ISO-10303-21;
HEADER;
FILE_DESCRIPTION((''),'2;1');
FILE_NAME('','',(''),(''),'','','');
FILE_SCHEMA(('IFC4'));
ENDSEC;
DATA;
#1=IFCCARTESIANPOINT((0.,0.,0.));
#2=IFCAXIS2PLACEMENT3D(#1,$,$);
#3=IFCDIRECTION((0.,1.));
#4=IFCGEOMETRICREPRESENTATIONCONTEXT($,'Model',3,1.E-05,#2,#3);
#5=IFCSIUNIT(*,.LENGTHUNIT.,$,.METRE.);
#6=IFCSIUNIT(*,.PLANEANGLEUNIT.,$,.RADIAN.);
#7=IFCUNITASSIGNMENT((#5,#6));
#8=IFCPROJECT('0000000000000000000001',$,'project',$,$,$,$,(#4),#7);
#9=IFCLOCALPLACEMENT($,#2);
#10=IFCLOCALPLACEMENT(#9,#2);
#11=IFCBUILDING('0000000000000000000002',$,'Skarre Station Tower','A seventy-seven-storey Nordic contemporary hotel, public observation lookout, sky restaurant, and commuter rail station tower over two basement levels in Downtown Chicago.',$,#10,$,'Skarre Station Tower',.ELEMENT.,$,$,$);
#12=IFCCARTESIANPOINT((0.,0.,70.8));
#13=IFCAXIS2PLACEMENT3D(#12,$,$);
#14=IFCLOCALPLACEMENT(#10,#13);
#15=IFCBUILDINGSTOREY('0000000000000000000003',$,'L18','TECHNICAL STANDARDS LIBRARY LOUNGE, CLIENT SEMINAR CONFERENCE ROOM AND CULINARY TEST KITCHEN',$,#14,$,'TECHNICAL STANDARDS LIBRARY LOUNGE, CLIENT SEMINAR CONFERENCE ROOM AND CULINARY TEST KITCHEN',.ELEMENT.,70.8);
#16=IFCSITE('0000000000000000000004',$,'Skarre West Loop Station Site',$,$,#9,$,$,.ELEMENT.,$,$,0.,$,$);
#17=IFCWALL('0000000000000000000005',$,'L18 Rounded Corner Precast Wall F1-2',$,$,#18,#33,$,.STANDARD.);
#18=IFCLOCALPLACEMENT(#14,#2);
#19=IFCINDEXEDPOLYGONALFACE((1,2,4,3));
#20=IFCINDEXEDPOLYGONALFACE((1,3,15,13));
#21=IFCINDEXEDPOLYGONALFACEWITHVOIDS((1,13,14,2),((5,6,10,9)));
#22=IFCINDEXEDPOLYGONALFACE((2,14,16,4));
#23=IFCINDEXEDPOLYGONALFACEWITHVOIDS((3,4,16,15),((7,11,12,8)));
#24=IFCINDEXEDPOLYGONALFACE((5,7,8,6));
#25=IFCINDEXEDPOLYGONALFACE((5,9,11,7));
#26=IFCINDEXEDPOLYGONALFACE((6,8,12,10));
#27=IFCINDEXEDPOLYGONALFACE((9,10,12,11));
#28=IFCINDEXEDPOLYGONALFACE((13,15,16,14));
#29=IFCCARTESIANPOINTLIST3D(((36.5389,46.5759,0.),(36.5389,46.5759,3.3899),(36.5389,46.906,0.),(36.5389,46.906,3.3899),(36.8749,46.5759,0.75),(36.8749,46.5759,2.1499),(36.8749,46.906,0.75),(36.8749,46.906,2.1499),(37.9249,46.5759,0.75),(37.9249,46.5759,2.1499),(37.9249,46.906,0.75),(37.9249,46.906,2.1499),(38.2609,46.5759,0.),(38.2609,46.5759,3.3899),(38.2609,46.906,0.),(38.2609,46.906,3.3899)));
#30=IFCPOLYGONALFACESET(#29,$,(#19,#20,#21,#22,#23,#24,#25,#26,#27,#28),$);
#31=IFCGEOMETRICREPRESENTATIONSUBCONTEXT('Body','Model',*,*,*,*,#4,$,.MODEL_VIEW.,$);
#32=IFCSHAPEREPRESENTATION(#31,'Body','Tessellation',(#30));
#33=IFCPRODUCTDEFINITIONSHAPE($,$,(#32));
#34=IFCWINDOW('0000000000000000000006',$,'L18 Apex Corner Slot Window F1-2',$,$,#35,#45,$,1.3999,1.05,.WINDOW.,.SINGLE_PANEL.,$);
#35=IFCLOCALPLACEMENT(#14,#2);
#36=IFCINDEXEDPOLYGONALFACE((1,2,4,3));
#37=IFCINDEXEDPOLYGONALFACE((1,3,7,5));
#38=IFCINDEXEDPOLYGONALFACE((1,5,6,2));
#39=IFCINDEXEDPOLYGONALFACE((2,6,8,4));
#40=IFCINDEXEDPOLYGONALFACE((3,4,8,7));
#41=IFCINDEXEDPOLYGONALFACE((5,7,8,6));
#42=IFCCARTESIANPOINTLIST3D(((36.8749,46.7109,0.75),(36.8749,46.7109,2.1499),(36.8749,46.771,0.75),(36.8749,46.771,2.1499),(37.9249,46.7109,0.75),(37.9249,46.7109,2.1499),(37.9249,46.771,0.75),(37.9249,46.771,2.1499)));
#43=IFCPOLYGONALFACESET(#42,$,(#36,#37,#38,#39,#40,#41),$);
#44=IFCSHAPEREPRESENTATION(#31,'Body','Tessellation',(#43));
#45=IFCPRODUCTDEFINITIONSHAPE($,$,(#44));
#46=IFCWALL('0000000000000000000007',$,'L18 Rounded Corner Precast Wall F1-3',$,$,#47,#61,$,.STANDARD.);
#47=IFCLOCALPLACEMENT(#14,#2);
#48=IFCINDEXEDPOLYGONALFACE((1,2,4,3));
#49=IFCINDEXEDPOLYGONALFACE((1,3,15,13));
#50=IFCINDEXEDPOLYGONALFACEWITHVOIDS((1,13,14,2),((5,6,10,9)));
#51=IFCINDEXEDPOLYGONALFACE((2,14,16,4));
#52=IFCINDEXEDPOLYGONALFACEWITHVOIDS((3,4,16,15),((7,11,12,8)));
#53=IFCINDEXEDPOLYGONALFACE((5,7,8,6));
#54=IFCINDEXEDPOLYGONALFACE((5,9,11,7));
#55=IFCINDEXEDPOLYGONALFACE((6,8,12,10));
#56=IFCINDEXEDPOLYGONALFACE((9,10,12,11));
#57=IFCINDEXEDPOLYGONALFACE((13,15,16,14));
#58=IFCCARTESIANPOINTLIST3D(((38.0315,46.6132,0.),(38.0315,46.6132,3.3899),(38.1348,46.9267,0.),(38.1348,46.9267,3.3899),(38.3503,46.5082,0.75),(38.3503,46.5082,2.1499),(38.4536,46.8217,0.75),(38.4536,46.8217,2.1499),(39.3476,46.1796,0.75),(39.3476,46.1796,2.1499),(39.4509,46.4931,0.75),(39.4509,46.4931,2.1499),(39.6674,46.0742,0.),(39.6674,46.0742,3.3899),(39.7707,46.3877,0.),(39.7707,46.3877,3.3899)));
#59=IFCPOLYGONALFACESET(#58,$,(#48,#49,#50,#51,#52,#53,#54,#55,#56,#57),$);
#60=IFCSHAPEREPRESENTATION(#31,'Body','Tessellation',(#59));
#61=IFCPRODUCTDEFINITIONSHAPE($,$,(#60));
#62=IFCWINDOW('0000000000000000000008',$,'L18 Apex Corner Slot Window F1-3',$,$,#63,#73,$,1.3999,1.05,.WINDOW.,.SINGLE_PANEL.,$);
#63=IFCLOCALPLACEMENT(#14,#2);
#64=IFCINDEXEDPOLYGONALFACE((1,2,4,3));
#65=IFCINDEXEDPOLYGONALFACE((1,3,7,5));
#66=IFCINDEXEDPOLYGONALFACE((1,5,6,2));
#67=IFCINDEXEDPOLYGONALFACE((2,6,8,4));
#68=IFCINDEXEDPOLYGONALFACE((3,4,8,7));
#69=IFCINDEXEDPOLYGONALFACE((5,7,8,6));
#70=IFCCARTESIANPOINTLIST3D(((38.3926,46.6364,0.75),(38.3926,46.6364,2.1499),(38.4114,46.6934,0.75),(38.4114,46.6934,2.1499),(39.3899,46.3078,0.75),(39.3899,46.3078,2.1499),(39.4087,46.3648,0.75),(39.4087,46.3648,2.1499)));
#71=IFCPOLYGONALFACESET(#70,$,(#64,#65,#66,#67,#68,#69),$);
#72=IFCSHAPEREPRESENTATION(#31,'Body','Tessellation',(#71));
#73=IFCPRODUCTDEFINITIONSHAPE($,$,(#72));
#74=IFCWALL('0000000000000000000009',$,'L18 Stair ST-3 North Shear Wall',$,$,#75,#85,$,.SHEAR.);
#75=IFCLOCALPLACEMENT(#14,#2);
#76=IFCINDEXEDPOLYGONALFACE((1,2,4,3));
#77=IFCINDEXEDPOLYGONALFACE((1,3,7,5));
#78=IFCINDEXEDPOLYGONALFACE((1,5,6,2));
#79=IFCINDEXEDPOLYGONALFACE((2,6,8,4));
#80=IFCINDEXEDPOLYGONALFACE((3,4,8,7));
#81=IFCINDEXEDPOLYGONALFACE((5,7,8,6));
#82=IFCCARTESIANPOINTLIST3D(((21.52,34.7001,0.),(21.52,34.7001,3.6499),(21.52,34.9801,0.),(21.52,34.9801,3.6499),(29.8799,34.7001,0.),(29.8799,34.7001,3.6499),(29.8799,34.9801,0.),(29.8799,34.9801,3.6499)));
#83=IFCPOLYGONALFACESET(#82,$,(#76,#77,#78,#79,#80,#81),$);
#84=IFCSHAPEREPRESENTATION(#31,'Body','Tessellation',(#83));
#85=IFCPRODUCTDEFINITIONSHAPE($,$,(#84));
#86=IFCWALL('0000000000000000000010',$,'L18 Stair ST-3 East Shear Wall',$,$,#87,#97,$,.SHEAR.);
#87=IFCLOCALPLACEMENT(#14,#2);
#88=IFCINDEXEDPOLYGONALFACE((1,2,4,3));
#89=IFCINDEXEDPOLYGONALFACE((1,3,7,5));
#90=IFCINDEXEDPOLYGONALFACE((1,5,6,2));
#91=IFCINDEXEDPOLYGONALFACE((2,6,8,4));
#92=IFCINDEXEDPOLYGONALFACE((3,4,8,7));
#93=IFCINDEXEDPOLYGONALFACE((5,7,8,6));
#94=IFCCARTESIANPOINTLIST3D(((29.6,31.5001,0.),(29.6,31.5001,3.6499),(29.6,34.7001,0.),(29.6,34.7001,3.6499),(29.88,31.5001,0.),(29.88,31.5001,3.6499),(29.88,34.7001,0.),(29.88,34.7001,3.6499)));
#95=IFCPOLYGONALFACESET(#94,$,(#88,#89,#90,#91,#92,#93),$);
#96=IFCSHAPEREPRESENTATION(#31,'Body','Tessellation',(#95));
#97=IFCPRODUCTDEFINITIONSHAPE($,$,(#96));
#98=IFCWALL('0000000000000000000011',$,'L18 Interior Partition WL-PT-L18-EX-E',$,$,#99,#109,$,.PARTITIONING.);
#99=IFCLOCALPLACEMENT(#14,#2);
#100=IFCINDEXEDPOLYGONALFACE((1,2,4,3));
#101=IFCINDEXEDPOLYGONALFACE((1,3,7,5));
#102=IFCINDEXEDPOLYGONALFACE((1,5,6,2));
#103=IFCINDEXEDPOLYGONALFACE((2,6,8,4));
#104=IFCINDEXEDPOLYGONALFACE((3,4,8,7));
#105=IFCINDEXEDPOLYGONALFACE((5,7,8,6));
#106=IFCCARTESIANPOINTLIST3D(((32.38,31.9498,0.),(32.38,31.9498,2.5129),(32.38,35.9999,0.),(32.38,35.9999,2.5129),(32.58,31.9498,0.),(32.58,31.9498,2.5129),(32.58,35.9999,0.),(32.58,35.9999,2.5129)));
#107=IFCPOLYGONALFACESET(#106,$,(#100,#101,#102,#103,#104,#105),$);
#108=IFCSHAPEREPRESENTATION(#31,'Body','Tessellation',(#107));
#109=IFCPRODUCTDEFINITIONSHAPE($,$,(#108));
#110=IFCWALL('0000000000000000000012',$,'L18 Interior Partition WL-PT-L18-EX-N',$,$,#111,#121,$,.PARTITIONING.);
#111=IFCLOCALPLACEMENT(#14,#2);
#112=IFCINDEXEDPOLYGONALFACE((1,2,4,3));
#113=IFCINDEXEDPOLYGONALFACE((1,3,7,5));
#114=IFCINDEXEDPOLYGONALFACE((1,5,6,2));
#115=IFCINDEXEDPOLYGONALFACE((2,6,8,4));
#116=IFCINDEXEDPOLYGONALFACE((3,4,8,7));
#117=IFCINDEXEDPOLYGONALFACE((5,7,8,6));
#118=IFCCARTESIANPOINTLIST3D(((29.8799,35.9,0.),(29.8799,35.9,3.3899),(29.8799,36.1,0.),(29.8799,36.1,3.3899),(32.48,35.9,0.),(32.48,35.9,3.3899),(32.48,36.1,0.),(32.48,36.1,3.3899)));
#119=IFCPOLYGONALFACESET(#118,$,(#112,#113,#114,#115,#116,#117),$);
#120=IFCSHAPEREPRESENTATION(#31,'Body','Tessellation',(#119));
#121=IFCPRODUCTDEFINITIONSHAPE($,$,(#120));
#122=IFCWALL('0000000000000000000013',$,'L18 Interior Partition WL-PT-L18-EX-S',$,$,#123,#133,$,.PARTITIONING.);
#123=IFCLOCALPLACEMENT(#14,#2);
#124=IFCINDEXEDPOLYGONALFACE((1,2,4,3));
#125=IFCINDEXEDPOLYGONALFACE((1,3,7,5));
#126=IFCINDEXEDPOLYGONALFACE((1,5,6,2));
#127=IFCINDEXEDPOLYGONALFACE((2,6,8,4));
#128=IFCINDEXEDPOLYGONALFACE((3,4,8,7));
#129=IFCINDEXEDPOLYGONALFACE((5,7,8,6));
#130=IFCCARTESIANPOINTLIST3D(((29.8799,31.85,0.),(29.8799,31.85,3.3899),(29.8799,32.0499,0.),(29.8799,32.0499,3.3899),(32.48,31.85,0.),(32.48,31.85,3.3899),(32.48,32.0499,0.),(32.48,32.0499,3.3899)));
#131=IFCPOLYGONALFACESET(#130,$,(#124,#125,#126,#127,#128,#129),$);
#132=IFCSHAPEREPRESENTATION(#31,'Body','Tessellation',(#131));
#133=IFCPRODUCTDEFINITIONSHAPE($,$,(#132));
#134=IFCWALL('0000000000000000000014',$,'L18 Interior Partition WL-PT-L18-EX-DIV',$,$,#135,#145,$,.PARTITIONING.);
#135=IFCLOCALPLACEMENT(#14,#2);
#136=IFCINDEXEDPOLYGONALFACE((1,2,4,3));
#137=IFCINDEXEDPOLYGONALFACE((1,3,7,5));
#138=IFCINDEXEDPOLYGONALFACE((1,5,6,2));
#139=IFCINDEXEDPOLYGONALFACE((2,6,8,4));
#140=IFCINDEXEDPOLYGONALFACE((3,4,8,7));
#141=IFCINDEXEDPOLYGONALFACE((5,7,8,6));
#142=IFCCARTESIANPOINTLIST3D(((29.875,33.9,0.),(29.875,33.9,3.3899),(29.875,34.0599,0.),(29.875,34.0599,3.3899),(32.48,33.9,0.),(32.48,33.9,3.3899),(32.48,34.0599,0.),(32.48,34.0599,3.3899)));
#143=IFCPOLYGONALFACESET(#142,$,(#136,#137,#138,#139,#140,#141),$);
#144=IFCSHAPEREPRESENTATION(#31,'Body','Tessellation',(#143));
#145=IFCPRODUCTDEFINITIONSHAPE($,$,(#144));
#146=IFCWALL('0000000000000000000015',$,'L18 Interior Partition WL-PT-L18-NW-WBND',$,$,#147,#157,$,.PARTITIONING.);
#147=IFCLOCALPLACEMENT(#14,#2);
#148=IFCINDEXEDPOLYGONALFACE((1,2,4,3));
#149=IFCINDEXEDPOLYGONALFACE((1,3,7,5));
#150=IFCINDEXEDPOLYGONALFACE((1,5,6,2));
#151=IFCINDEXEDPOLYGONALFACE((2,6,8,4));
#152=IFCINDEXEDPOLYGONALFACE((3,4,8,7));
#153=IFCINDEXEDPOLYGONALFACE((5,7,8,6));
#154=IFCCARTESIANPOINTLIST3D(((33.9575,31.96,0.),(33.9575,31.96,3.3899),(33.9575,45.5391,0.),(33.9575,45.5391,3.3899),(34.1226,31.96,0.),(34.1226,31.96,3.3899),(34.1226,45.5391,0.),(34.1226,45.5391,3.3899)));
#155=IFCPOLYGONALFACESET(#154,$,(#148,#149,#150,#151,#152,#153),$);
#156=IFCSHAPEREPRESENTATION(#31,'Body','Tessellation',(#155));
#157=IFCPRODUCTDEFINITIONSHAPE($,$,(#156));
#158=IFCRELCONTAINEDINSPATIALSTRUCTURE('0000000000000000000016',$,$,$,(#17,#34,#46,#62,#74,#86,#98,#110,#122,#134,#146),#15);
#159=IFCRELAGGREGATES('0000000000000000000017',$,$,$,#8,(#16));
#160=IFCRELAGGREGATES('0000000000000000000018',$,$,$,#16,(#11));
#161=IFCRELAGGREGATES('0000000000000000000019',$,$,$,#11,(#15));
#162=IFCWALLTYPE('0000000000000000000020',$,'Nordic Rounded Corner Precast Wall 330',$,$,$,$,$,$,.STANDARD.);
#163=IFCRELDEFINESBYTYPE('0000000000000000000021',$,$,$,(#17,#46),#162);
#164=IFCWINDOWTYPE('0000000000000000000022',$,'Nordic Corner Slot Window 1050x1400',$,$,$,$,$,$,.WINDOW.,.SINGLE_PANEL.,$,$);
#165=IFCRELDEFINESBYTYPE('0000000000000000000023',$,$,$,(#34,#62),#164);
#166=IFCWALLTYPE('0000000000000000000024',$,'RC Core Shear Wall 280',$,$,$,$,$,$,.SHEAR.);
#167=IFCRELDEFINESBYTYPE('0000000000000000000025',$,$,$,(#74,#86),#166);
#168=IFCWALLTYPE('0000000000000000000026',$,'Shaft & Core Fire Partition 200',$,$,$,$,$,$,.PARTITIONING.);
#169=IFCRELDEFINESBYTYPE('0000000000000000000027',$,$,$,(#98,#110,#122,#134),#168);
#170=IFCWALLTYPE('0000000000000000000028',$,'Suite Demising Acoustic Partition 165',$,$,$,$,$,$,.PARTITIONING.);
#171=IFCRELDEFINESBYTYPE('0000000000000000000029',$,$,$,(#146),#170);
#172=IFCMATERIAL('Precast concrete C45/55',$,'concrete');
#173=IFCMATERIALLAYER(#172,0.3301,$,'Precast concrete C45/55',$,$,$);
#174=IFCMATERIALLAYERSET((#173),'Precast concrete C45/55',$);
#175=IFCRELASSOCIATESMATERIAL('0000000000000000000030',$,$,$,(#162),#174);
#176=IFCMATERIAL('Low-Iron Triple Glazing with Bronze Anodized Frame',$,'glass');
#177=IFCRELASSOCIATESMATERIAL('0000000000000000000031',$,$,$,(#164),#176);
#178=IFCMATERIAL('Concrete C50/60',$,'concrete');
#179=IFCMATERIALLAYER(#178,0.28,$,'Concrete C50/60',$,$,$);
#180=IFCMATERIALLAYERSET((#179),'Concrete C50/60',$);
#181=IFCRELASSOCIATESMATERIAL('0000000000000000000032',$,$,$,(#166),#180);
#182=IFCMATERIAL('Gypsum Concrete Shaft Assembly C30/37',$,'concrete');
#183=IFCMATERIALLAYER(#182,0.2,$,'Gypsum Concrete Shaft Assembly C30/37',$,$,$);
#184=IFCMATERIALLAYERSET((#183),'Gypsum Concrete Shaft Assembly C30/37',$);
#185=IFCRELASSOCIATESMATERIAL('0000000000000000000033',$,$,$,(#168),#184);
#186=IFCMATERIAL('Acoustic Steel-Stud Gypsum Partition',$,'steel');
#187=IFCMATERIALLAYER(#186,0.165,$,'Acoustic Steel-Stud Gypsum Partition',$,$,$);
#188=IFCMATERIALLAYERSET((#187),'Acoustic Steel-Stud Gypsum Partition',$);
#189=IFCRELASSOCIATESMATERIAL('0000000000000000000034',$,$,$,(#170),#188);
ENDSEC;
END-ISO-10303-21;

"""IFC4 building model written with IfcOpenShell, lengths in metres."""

from ifc_helpers import new_model, si_unit, direction, frame, frame_2d, origin, place, context, subcontext, project, spatial, rectangle, extrude, material, layer, layer_set, type_object, element, fill, save


model = new_model("IFC4")

# Units and contexts
model_context = context("Model", 3, precision=1e-05, world=origin(), true_north=direction((0.0, 1.0)))
body_context = subcontext(model_context, "Body", "Model", "MODEL_VIEW")
ifc_project = project(units=[si_unit("LENGTHUNIT", "METRE"), si_unit("PLANEANGLEUNIT", "RADIAN")], contexts=[model_context])

# Site, building, storey
site_placement = place(None, origin())
site = spatial("IfcSite", under=ifc_project, at=site_placement, Name="Skarre West Loop Station Site", CompositionType="ELEMENT", RefElevation=0.0)
building_placement = place(site_placement, origin())
building = spatial("IfcBuilding", under=site, at=building_placement, Name="Skarre Station Tower", Description="A seventy-seven-storey Nordic contemporary hotel, public observation lookout, sky restaurant, and commuter rail station tower over two basement levels in Downtown Chicago.", LongName="Skarre Station Tower", CompositionType="ELEMENT")
storey_placement = place(building_placement, frame((0.0, 0.0, 70.8)))
storey = spatial("IfcBuildingStorey", under=building, at=storey_placement, Name="L18", Description="TECHNICAL STANDARDS LIBRARY LOUNGE, CLIENT SEMINAR CONFERENCE ROOM AND CULINARY TEST KITCHEN", LongName="TECHNICAL STANDARDS LIBRARY LOUNGE, CLIENT SEMINAR CONFERENCE ROOM AND CULINARY TEST KITCHEN", CompositionType="ELEMENT", Elevation=70.8)

# Shared definitions
ifc_material_1 = material(Name="Acoustic Steel-Stud Gypsum Partition", Category="steel")

# Shared definitions
ifc_material_2 = material(Name="Precast concrete C45/55", Category="concrete")
ifc_material_3 = material(Name="Low-Iron Triple Glazing with Bronze Anodized Frame", Category="glass")

# Shared definitions
ifc_layer_1 = layer(ifc_material_2, 0.3301, Name="Precast concrete C45/55")
ifc_layer_set_1 = layer_set([ifc_layer_1], Name="Precast concrete C45/55")
wall_type_1 = type_object("IfcWallType", Name="Nordic Rounded Corner Precast Wall 330", PredefinedType="STANDARD", material=ifc_layer_set_1)

# Walls, openings, windows
wall_1_placement = place(storey_placement, frame((36.5391, 46.741, 0.0), z_axis=(0.0, 0.0, 1.0), x_axis=(1.0, 0.0, 0.0)))
wall_1 = element("IfcWall", 1, at=wall_1_placement, inside=storey, type_object=wall_type_1, Name="L18 Rounded Corner Precast Wall F1-2", PredefinedType="STANDARD", context=body_context, shape_type="SweptSolid", body=[
    extrude(rectangle(XDim=1.7219, YDim=0.3301, at=frame_2d((0.8608, 0.0))), origin(), (0.0, 0.0, 1.0), 3.3899),
])
opening_1_placement = place(wall_1_placement, frame((0.3359, 0.0, 0.75)))
opening_1 = element("IfcOpeningElement", 2, at=opening_1_placement, cuts=wall_1, PredefinedType="OPENING", context=body_context, shape_type="SweptSolid", body=[
    extrude(rectangle(XDim=1.05, YDim=1.3999, at=frame_2d((0.5249, 0.7))), frame((0.0, 0.175, 0.0), z_axis=(0.0, -1.0, 0.0), x_axis=(1.0, 0.0, 0.0)), (0.0, 0.0, 1.0), 0.3501),
])
window_type_1 = type_object("IfcWindowType", Name="Nordic Corner Slot Window 1050x1400", PartitioningType="SINGLE_PANEL", PredefinedType="WINDOW", material=ifc_material_3)
window_1_placement = place(opening_1_placement, origin())
window_1 = element("IfcWindow", 3, at=window_1_placement, inside=storey, type_object=window_type_1, Name="L18 Apex Corner Slot Window F1-2", OverallHeight=1.3999, OverallWidth=1.05, PartitioningType="SINGLE_PANEL", PredefinedType="WINDOW", context=body_context, shape_type="SweptSolid", body=[
    extrude(rectangle(XDim=1.05, YDim=1.3999, at=frame_2d((0.5249, 0.7))), frame((0.0, 0.03, 0.0), z_axis=(0.0, -1.0, 0.0), x_axis=(1.0, 0.0, 0.0)), (0.0, 0.0, 1.0), 0.0601),
])
fill(opening_1, window_1)
wall_2_placement = place(storey_placement, frame((38.083, 46.77, 0.0), z_axis=(0.0, 0.0, 1.0), x_axis=(0.949769, -0.312952, 0.0)))
wall_2 = element("IfcWall", 4, at=wall_2_placement, inside=storey, type_object=wall_type_1, Name="L18 Rounded Corner Precast Wall F1-3", PredefinedType="STANDARD", context=body_context, shape_type="SweptSolid", body=[
    extrude(rectangle(XDim=1.7224, YDim=0.3301, at=frame_2d((0.8613, 0.0))), origin(), (0.0, 0.0, 1.0), 3.3899),
])
opening_2_placement = place(wall_2_placement, frame((0.3359, 0.0, 0.75)))
opening_2 = element("IfcOpeningElement", 5, at=opening_2_placement, cuts=wall_2, PredefinedType="OPENING", context=body_context, shape_type="SweptSolid", body=[
    extrude(rectangle(XDim=1.05, YDim=1.3999, at=frame_2d((0.5249, 0.7))), frame((0.0, 0.175, 0.0), z_axis=(0.0, -1.0, 0.0), x_axis=(1.0, 0.0, 0.0)), (0.0, 0.0, 1.0), 0.3501),
])
window_2_placement = place(opening_2_placement, origin())
window_2 = element("IfcWindow", 6, at=window_2_placement, inside=storey, type_object=window_type_1, Name="L18 Apex Corner Slot Window F1-3", OverallHeight=1.3999, OverallWidth=1.05, PartitioningType="SINGLE_PANEL", PredefinedType="WINDOW", context=body_context, shape_type="SweptSolid", body=[
    extrude(rectangle(XDim=1.05, YDim=1.3999, at=frame_2d((0.5249, 0.7))), frame((0.0, 0.03, 0.0), z_axis=(0.0, -1.0, 0.0), x_axis=(1.0, 0.0, 0.0)), (0.0, 0.0, 1.0), 0.0601),
])
fill(opening_2, window_2)

# Walls
ifc_material_4 = material(Name="Concrete C50/60", Category="concrete")
ifc_layer_2 = layer(ifc_material_4, 0.28, Name="Concrete C50/60")
ifc_layer_set_2 = layer_set([ifc_layer_2], Name="Concrete C50/60")
wall_type_2 = type_object("IfcWallType", Name="RC Core Shear Wall 280", PredefinedType="SHEAR", material=ifc_layer_set_2)
wall_3_placement = place(storey_placement, frame((29.8799, 34.8401, 0.0), z_axis=(0.0, 0.0, 1.0), x_axis=(-1.0, 0.0, 0.0)))
element("IfcWall", 7, at=wall_3_placement, inside=storey, type_object=wall_type_2, Name="L18 Stair ST-3 North Shear Wall", PredefinedType="SHEAR", context=body_context, shape_type="SweptSolid", body=[
    extrude(rectangle(XDim=8.3599, YDim=0.28, at=frame_2d((4.1799, 0.0))), origin(), (0.0, 0.0, 1.0), 3.6499),
])
wall_4_placement = place(storey_placement, frame((29.74, 31.5, 0.0), z_axis=(0.0, 0.0, 1.0), x_axis=(0.0, 1.0, 0.0)))
element("IfcWall", 8, at=wall_4_placement, inside=storey, type_object=wall_type_2, Name="L18 Stair ST-3 East Shear Wall", PredefinedType="SHEAR", context=body_context, shape_type="SweptSolid", body=[
    extrude(rectangle(XDim=3.2, YDim=0.28, at=frame_2d((1.6001, 0.0))), origin(), (0.0, 0.0, 1.0), 3.6499),
])
ifc_material_5 = material(Name="Gypsum Concrete Shaft Assembly C30/37", Category="concrete")
ifc_layer_3 = layer(ifc_material_5, 0.2, Name="Gypsum Concrete Shaft Assembly C30/37")
ifc_layer_set_3 = layer_set([ifc_layer_3], Name="Gypsum Concrete Shaft Assembly C30/37")
wall_type_3 = type_object("IfcWallType", Name="Shaft & Core Fire Partition 200", PredefinedType="PARTITIONING", material=ifc_layer_set_3)
wall_5_placement = place(storey_placement, frame((32.48, 31.95, 0.0), z_axis=(0.0, 0.0, 1.0), x_axis=(0.0, 1.0, 0.0)))
element("IfcWall", 9, at=wall_5_placement, inside=storey, type_object=wall_type_3, Name="L18 Interior Partition WL-PT-L18-EX-E", PredefinedType="PARTITIONING", context=body_context, shape_type="SweptSolid", body=[
    extrude(rectangle(XDim=4.05, YDim=0.2, at=frame_2d((2.0249, 0.0))), origin(), (0.0, 0.0, 1.0), 2.5129),
])
for number, where, z_axis, x_axis, name in (
    (10, (29.8799, 36.0, 0.0), (0.0, 0.0, 1.0), (1.0, 0.0, 0.0), "L18 Interior Partition WL-PT-L18-EX-N"),
    (11, (32.48, 31.95, 0.0), (0.0, 0.0, 1.0), (-1.0, 0.0, 0.0), "L18 Interior Partition WL-PT-L18-EX-S"),
):
    element("IfcWall", number, at=place(storey_placement, frame(where, z_axis=z_axis, x_axis=x_axis)), inside=storey, type_object=wall_type_3, Name=name, PredefinedType="PARTITIONING", context=body_context, shape_type="SweptSolid", body=[
        extrude(rectangle(XDim=2.6001, YDim=0.2, at=frame_2d((1.3, 0.0))), origin(), (0.0, 0.0, 1.0), 3.3899),
    ])
wall_6_placement = place(storey_placement, frame((29.875, 33.98, 0.0), z_axis=(0.0, 0.0, 1.0), x_axis=(1.0, 0.0, 0.0)))
element("IfcWall", 12, at=wall_6_placement, inside=storey, type_object=wall_type_3, Name="L18 Interior Partition WL-PT-L18-EX-DIV", PredefinedType="PARTITIONING", context=body_context, shape_type="SweptSolid", body=[
    extrude(rectangle(XDim=2.605, YDim=0.1599, at=frame_2d((1.3025, 0.0))), origin(), (0.0, 0.0, 1.0), 3.3899),
])
ifc_layer_4 = layer(ifc_material_1, 0.165, Name="Acoustic Steel-Stud Gypsum Partition")
ifc_layer_set_4 = layer_set([ifc_layer_4], Name="Acoustic Steel-Stud Gypsum Partition")
wall_type_4 = type_object("IfcWallType", Name="Suite Demising Acoustic Partition 165", PredefinedType="PARTITIONING", material=ifc_layer_set_4)
wall_7_placement = place(storey_placement, frame((34.04, 31.96, 0.0), z_axis=(0.0, 0.0, 1.0), x_axis=(0.0, 1.0, 0.0)))
element("IfcWall", 13, at=wall_7_placement, inside=storey, type_object=wall_type_4, Name="L18 Interior Partition WL-PT-L18-NW-WBND", PredefinedType="PARTITIONING", context=body_context, shape_type="SweptSolid", body=[
    extrude(rectangle(XDim=13.5791, YDim=0.165, at=frame_2d((6.7896, 0.0))), origin(), (0.0, 0.0, 1.0), 3.3899),
])

save(model, "model.ifc")
